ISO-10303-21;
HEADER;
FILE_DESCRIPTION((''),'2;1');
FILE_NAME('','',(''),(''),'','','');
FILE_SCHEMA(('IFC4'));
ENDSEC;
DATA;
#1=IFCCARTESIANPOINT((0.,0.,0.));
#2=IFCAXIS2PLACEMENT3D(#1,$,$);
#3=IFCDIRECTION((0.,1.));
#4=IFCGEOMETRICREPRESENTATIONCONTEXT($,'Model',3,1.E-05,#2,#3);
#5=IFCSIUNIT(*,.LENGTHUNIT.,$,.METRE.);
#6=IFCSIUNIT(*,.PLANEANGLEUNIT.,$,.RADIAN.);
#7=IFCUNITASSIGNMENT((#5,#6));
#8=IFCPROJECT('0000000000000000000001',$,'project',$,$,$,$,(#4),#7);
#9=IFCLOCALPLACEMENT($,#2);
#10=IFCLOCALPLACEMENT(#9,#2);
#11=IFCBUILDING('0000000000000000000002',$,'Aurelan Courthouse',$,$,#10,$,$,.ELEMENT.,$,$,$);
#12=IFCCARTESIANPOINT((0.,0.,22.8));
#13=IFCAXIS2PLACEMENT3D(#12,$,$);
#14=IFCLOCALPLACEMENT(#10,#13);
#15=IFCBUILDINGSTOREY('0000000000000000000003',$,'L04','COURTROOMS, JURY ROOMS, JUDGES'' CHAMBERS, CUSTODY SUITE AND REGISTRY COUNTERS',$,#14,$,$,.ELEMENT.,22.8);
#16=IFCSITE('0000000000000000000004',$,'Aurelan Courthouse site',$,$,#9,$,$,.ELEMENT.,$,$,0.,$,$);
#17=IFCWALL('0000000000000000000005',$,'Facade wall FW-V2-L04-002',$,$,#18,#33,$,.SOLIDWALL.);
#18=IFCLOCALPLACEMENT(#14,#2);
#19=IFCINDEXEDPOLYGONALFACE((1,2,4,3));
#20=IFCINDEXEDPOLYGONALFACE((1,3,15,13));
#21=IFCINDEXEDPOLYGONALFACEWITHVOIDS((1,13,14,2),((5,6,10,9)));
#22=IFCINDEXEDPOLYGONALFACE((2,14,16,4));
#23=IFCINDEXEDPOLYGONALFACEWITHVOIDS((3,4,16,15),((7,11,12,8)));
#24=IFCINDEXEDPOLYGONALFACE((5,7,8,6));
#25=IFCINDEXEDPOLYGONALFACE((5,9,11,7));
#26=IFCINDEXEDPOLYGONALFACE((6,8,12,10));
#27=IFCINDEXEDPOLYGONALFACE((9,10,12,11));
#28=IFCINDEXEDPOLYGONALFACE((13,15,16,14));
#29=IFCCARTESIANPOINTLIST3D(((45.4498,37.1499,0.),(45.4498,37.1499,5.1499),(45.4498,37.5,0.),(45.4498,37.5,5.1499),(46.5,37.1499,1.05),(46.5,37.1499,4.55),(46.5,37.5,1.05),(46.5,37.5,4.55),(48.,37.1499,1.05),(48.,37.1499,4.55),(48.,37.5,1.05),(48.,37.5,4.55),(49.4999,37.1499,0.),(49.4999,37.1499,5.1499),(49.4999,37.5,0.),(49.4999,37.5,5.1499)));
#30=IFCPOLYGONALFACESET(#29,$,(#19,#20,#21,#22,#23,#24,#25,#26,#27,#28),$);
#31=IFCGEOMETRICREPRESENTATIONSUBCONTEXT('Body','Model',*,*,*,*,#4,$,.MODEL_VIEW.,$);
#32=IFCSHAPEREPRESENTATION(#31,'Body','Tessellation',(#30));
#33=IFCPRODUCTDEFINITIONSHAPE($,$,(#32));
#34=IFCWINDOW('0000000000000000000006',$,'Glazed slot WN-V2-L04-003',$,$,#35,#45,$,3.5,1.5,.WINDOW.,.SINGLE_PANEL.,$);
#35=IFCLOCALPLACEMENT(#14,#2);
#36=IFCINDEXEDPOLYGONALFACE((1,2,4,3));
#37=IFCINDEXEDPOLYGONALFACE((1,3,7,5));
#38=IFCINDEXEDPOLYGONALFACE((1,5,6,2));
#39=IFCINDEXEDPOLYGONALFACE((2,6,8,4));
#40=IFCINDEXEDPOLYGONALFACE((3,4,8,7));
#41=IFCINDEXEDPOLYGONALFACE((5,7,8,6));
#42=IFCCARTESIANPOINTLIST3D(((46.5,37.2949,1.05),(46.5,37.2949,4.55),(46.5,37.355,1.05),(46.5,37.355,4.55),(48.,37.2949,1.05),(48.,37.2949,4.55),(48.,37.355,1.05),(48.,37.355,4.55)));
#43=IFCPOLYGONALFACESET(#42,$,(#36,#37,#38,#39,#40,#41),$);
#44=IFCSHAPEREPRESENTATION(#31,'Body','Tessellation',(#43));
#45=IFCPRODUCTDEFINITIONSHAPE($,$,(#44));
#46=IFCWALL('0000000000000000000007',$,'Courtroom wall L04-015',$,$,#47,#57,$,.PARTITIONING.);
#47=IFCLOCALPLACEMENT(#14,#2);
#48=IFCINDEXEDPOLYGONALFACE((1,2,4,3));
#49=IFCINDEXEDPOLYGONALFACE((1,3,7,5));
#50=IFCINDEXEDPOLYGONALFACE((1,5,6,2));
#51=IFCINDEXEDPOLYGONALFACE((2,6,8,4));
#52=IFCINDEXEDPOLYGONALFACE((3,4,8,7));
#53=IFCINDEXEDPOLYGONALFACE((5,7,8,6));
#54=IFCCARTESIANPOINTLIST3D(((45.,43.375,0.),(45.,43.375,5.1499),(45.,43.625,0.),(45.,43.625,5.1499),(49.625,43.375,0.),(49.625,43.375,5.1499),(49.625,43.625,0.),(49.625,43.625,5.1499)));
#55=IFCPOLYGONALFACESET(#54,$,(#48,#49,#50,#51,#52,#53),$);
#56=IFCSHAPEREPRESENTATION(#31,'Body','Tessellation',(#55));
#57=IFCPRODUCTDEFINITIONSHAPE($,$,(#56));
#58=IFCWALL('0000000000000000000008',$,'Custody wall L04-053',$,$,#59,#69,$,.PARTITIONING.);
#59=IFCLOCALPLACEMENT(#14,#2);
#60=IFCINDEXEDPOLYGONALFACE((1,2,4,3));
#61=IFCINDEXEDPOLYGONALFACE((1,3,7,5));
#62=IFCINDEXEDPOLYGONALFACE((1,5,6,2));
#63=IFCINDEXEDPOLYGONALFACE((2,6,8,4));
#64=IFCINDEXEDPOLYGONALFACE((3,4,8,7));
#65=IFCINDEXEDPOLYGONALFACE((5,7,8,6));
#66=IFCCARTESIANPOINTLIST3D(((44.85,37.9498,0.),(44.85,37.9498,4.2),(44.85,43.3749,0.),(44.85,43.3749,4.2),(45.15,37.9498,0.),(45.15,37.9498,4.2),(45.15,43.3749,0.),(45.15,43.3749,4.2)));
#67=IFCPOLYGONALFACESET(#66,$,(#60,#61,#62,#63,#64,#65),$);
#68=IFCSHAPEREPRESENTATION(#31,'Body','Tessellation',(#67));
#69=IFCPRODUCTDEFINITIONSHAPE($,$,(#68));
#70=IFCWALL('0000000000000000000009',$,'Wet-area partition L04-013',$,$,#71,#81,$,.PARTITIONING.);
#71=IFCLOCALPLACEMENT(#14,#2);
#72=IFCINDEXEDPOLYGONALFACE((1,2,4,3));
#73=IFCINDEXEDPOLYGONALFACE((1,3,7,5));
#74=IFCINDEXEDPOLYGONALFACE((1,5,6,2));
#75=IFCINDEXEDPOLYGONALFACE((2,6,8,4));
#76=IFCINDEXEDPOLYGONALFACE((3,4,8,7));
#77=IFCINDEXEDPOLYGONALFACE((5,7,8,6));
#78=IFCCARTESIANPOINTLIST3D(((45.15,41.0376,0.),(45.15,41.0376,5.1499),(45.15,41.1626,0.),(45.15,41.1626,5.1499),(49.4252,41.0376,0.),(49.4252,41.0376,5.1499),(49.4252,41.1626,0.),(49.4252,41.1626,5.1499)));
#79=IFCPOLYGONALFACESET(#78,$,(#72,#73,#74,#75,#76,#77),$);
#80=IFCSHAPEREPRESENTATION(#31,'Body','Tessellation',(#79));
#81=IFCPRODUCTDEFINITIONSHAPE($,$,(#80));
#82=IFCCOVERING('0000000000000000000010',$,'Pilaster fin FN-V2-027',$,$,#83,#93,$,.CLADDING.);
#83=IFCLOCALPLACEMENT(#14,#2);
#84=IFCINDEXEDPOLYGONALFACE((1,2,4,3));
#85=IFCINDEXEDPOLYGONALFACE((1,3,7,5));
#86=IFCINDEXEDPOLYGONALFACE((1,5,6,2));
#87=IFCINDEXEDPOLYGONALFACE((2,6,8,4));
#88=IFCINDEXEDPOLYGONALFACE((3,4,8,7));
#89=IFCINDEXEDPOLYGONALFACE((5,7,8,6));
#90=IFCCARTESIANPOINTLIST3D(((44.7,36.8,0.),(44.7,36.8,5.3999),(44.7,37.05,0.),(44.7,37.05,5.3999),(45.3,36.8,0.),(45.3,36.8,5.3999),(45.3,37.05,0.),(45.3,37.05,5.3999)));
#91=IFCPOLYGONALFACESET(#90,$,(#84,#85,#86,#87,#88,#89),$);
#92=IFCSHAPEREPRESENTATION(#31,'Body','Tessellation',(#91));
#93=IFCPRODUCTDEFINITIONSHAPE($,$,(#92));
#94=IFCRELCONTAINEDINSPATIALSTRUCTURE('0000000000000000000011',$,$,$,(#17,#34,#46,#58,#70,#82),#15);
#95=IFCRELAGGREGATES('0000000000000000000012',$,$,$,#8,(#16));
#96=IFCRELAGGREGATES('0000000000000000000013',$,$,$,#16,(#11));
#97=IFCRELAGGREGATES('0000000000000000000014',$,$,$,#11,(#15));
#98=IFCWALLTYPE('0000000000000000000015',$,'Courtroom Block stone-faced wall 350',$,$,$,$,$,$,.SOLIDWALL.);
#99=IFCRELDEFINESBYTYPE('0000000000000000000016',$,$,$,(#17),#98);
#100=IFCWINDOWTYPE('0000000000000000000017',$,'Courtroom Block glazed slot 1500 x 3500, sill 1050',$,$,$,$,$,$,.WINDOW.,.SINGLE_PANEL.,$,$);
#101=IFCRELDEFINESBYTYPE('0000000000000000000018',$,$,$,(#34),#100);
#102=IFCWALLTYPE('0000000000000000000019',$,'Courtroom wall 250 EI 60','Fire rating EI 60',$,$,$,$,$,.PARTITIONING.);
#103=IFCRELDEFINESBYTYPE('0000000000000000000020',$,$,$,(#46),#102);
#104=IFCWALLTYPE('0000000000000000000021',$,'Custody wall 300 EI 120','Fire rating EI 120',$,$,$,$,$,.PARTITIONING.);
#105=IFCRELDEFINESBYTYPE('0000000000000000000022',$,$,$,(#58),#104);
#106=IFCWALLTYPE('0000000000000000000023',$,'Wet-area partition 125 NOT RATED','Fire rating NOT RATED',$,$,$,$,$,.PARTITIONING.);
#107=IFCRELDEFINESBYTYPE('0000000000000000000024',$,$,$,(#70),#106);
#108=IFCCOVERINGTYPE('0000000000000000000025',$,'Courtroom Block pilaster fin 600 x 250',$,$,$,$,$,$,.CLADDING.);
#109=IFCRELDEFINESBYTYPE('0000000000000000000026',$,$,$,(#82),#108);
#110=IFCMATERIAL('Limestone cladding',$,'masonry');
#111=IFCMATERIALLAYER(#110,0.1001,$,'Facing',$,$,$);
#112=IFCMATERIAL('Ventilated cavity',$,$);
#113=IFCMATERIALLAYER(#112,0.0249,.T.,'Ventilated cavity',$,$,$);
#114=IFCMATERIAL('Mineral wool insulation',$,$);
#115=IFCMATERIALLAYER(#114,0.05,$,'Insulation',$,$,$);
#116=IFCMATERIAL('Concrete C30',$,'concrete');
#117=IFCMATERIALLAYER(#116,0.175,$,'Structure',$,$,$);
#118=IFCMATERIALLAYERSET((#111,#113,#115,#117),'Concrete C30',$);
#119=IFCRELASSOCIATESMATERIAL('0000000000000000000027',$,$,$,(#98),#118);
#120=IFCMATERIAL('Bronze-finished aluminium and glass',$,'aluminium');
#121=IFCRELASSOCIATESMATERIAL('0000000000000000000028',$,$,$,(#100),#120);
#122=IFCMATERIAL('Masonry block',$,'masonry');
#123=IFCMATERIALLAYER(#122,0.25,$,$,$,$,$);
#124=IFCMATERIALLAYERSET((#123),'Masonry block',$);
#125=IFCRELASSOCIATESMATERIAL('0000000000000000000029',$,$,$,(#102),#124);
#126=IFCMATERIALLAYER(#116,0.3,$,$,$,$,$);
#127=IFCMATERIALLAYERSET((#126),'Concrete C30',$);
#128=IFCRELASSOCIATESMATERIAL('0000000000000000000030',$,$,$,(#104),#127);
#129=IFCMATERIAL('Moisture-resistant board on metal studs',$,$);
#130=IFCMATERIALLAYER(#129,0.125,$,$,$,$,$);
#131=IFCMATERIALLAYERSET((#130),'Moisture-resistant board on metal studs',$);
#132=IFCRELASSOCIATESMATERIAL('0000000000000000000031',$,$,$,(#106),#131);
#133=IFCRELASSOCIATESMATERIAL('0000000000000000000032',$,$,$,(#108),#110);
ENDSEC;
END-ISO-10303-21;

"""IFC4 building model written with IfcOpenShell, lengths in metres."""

from ifc_helpers import new_model, si_unit, direction, frame, frame_2d, origin, origin_2d, place, context, subcontext, project, spatial, rectangle, extrude, material, layer, layer_set, type_object, element, fill, save


model = new_model("IFC4")

# Units and contexts
model_context = context("Model", 3, precision=1e-05, world=origin(), true_north=direction((0.0, 1.0)))
body_context = subcontext(model_context, "Body", "Model", "MODEL_VIEW")
ifc_project = project(units=[si_unit("LENGTHUNIT", "METRE"), si_unit("PLANEANGLEUNIT", "RADIAN")], contexts=[model_context])

# Site, building, storey
site_placement = place(None, origin())
site = spatial("IfcSite", under=ifc_project, at=site_placement, Name="Aurelan Courthouse site", CompositionType="ELEMENT", RefElevation=0.0)
building_placement = place(site_placement, origin())
building = spatial("IfcBuilding", under=site, at=building_placement, Name="Aurelan Courthouse", CompositionType="ELEMENT")
storey_placement = place(building_placement, frame((0.0, 0.0, 22.8)))
storey = spatial("IfcBuildingStorey", under=building, at=storey_placement, Name="L04", Description="COURTROOMS, JURY ROOMS, JUDGES' CHAMBERS, CUSTODY SUITE AND REGISTRY COUNTERS", CompositionType="ELEMENT", Elevation=22.8)

# Shared definitions
ifc_material_1 = material(Name="Bronze-finished aluminium and glass", Category="aluminium")

# Wall, opening, window
ifc_material_2 = material(Name="Limestone cladding", Category="masonry")
ifc_layer_1 = layer(ifc_material_2, 0.1001, Name="Facing")
ifc_material_3 = material(Name="Ventilated cavity")
ifc_layer_2 = layer(ifc_material_3, 0.0249, ventilated=True, Name="Ventilated cavity")
ifc_material_4 = material(Name="Mineral wool insulation")
ifc_layer_3 = layer(ifc_material_4, 0.05, Name="Insulation")
ifc_material_5 = material(Name="Concrete C30", Category="concrete")
ifc_layer_4 = layer(ifc_material_5, 0.175, Name="Structure")
ifc_layer_set_1 = layer_set([ifc_layer_1, ifc_layer_2, ifc_layer_3, ifc_layer_4], Name="Concrete C30")
wall_type_1 = type_object("IfcWallType", Name="Courtroom Block stone-faced wall 350", PredefinedType="SOLIDWALL", material=ifc_layer_set_1)
wall_1_placement = place(storey_placement, frame((45.45, 37.325, 0.0), z_axis=(0.0, 0.0, 1.0), x_axis=(1.0, 0.0, 0.0)))
wall_1 = element("IfcWall", 1, at=wall_1_placement, inside=storey, type_object=wall_type_1, Name="Facade wall FW-V2-L04-002", PredefinedType="SOLIDWALL", context=body_context, shape_type="SweptSolid", body=[
    extrude(rectangle(XDim=4.05, YDim=0.3501, at=frame_2d((2.0249, 0.0))), origin(), (0.0, 0.0, 1.0), 5.1499),
])
opening_1_placement = place(wall_1_placement, frame((1.05, 0.0, 1.05)))
opening_1 = element("IfcOpeningElement", 2, at=opening_1_placement, cuts=wall_1, PredefinedType="OPENING", context=body_context, shape_type="SweptSolid", body=[
    extrude(rectangle(XDim=1.5, YDim=3.5, at=frame_2d((0.75, 1.75))), frame((0.0, 0.1851, 0.0), z_axis=(0.0, -1.0, 0.0), x_axis=(1.0, 0.0, 0.0)), (0.0, 0.0, 1.0), 0.3701),
])
window_type = type_object("IfcWindowType", Name="Courtroom Block glazed slot 1500 x 3500, sill 1050", PartitioningType="SINGLE_PANEL", PredefinedType="WINDOW", material=ifc_material_1)
window_placement = place(opening_1_placement, origin())
window = element("IfcWindow", 3, at=window_placement, inside=storey, type_object=window_type, Name="Glazed slot WN-V2-L04-003", OverallHeight=3.5, OverallWidth=1.5, PartitioningType="SINGLE_PANEL", PredefinedType="WINDOW", context=body_context, shape_type="SweptSolid", body=[
    extrude(rectangle(XDim=1.5, YDim=3.5, at=frame_2d((0.75, 1.75))), frame((0.0, 0.03, 0.0), z_axis=(0.0, -1.0, 0.0), x_axis=(1.0, 0.0, 0.0)), (0.0, 0.0, 1.0), 0.0601),
])
fill(opening_1, window)

# Wall
ifc_material_6 = material(Name="Masonry block", Category="masonry")
ifc_layer_5 = layer(ifc_material_6, 0.25)
ifc_layer_set_2 = layer_set([ifc_layer_5], Name="Masonry block")
wall_type_2 = type_object("IfcWallType", Name="Courtroom wall 250 EI 60", Description="Fire rating EI 60", PredefinedType="PARTITIONING", material=ifc_layer_set_2)
wall_2_placement = place(storey_placement, frame((45.0, 43.5, 0.0), z_axis=(0.0, 0.0, 1.0), x_axis=(1.0, 0.0, 0.0)))
element("IfcWall", 4, at=wall_2_placement, inside=storey, type_object=wall_type_2, Name="Courtroom wall L04-015", PredefinedType="PARTITIONING", context=body_context, shape_type="SweptSolid", body=[
    extrude(rectangle(XDim=4.625, YDim=0.25, at=frame_2d((2.3125, 0.0))), origin(), (0.0, 0.0, 1.0), 5.1499),
])

# Walls
ifc_layer_6 = layer(ifc_material_5, 0.3)
ifc_layer_set_3 = layer_set([ifc_layer_6], Name="Concrete C30")
wall_type_3 = type_object("IfcWallType", Name="Custody wall 300 EI 120", Description="Fire rating EI 120", PredefinedType="PARTITIONING", material=ifc_layer_set_3)
wall_3_placement = place(storey_placement, frame((45.0, 37.95, 0.0), z_axis=(0.0, 0.0, 1.0), x_axis=(0.0, 1.0, 0.0)))
element("IfcWall", 5, at=wall_3_placement, inside=storey, type_object=wall_type_3, Name="Custody wall L04-053", PredefinedType="PARTITIONING", context=body_context, shape_type="SweptSolid", body=[
    extrude(rectangle(XDim=5.425, YDim=0.3, at=frame_2d((2.7124, 0.0))), origin(), (0.0, 0.0, 1.0), 4.2),
])
ifc_material_7 = material(Name="Moisture-resistant board on metal studs")
ifc_layer_7 = layer(ifc_material_7, 0.125)
ifc_layer_set_4 = layer_set([ifc_layer_7], Name="Moisture-resistant board on metal studs")
wall_type_4 = type_object("IfcWallType", Name="Wet-area partition 125 NOT RATED", Description="Fire rating NOT RATED", PredefinedType="PARTITIONING", material=ifc_layer_set_4)
wall_4_placement = place(storey_placement, frame((45.1499, 41.1001, 0.0), z_axis=(0.0, 0.0, 1.0), x_axis=(1.0, 0.0, 0.0)))
element("IfcWall", 6, at=wall_4_placement, inside=storey, type_object=wall_type_4, Name="Wet-area partition L04-013", PredefinedType="PARTITIONING", context=body_context, shape_type="SweptSolid", body=[
    extrude(rectangle(XDim=4.2751, YDim=0.125, at=frame_2d((2.1377, 0.0))), origin(), (0.0, 0.0, 1.0), 5.1499),
])

# Covering
covering_type_1 = type_object("IfcCoveringType", Name="Courtroom Block pilaster fin 600 x 250", PredefinedType="CLADDING", material=ifc_material_2)
covering_placement = place(storey_placement, frame((45.0, 36.925, 0.0), z_axis=(0.0, 0.0, 1.0), x_axis=(1.0, 0.0, 0.0)))
element("IfcCovering", 7, at=covering_placement, inside=storey, type_object=covering_type_1, Name="Pilaster fin FN-V2-027", PredefinedType="CLADDING", context=body_context, shape_type="SweptSolid", body=[
    extrude(rectangle(XDim=0.6001, YDim=0.25, at=origin_2d()), origin(), (0.0, 0.0, 1.0), 5.3999),
])

save(model, "model.ifc")
